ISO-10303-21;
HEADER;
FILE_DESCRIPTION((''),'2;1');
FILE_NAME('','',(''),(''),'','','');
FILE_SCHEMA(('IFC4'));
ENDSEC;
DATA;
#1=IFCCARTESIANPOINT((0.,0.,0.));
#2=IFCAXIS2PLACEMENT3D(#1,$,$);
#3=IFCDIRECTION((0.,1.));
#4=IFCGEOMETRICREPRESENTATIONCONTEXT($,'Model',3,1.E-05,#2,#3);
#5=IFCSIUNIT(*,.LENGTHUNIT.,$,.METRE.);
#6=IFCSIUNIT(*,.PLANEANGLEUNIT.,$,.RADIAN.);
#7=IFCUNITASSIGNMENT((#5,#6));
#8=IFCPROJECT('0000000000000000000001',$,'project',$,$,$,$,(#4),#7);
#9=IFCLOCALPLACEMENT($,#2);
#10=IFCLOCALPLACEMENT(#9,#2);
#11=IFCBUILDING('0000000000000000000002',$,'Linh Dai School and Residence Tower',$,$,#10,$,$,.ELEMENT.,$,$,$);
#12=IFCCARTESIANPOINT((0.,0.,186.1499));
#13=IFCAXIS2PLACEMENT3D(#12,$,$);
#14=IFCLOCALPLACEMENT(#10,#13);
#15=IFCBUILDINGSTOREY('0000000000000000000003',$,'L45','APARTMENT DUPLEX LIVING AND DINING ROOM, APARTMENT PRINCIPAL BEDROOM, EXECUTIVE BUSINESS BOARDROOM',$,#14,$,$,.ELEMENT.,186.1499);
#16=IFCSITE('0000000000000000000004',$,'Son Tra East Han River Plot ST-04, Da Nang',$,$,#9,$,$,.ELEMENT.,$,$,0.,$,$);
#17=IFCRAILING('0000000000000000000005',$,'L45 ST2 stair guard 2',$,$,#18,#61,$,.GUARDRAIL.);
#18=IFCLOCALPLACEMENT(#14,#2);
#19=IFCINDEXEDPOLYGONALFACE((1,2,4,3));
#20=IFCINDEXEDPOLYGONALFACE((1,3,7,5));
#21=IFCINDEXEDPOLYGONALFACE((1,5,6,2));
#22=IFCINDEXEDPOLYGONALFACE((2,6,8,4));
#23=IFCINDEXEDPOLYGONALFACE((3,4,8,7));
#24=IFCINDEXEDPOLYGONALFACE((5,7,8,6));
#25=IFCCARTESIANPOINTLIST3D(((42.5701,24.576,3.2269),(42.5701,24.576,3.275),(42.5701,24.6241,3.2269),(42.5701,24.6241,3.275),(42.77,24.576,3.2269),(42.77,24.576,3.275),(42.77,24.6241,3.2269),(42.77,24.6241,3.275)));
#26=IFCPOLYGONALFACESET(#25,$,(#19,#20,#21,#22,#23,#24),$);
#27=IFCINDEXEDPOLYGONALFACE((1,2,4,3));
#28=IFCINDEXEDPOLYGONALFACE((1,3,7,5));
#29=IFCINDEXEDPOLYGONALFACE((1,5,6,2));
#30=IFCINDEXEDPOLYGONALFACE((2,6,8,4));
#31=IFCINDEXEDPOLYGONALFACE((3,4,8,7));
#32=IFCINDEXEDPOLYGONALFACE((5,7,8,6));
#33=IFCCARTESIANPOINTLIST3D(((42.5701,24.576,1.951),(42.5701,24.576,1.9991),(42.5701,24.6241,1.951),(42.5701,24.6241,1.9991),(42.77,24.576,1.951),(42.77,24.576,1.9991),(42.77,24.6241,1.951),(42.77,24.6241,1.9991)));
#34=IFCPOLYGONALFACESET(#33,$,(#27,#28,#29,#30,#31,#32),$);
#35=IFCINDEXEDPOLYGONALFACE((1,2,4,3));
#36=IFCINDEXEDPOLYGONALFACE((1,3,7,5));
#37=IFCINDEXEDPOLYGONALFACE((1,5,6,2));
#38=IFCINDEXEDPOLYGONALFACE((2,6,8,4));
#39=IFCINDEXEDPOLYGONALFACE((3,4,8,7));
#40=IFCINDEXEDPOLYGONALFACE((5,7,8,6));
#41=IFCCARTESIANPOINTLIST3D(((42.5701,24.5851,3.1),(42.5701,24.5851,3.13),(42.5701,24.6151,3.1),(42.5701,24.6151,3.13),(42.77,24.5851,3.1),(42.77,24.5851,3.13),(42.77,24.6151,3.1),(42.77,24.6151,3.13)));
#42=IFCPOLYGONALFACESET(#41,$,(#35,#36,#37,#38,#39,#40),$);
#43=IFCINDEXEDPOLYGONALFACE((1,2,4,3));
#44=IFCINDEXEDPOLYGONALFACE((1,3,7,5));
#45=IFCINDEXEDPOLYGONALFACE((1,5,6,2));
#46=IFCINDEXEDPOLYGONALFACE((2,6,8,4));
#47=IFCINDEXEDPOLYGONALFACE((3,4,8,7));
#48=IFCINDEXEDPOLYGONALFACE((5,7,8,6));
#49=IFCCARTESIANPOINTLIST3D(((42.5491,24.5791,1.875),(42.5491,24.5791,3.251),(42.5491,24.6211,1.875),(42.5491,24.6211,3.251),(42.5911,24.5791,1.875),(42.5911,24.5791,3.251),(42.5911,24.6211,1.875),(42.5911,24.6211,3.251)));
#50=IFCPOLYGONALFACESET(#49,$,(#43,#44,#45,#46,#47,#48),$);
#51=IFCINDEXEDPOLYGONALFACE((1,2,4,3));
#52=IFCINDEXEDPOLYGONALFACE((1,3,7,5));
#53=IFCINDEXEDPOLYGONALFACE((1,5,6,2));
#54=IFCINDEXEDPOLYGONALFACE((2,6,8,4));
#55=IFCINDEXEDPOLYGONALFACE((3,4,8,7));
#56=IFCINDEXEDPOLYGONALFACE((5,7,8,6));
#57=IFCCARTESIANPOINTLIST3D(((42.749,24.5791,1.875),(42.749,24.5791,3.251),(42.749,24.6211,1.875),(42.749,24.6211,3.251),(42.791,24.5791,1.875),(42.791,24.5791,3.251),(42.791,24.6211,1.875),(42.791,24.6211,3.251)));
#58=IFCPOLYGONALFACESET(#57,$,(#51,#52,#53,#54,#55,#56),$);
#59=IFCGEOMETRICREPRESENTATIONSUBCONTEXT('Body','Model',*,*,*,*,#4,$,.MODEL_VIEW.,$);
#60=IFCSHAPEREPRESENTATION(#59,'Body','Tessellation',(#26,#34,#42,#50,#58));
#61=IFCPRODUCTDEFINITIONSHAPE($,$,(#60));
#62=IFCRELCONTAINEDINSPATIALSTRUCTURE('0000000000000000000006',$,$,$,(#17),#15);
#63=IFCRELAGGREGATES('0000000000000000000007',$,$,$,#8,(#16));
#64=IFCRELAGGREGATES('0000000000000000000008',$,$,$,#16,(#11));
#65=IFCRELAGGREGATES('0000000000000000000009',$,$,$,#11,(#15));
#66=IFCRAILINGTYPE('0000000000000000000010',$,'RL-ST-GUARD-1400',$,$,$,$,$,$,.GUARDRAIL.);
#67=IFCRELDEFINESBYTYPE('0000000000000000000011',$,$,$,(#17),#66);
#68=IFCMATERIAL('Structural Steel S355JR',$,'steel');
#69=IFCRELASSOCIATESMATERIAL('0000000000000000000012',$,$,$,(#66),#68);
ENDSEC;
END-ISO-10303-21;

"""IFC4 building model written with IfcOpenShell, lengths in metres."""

from ifc_helpers import new_model, si_unit, direction, frame, origin, origin_2d, place, context, subcontext, project, spatial, rectangle, extrude, source, transform, mapped, material, type_object, element, save


model = new_model("IFC4")

# Units and contexts
model_context = context("Model", 3, precision=1e-05, world=origin(), true_north=direction((0.0, 1.0)))
body_context = subcontext(model_context, "Body", "Model", "MODEL_VIEW")
ifc_project = project(units=[si_unit("LENGTHUNIT", "METRE"), si_unit("PLANEANGLEUNIT", "RADIAN")], contexts=[model_context])

# Site, building, storey
site_placement = place(None, origin())
site = spatial("IfcSite", under=ifc_project, at=site_placement, Name="Son Tra East Han River Plot ST-04, Da Nang", CompositionType="ELEMENT", RefElevation=0.0)
building_placement = place(site_placement, origin())
building = spatial("IfcBuilding", under=site, at=building_placement, Name="Linh Dai School and Residence Tower", CompositionType="ELEMENT")
storey_placement = place(building_placement, frame((0.0, 0.0, 186.1499)))
storey = spatial("IfcBuildingStorey", under=building, at=storey_placement, Name="L45", Description="APARTMENT DUPLEX LIVING AND DINING ROOM, APARTMENT PRINCIPAL BEDROOM, EXECUTIVE BUSINESS BOARDROOM", CompositionType="ELEMENT", Elevation=186.1499)

# Shared definitions
ifc_material_1 = material(Name="Structural Steel S355JR", Category="steel")

# Railing
railing_type_1 = type_object("IfcRailingType", Name="RL-ST-GUARD-1400", PredefinedType="GUARDRAIL", material=ifc_material_1)
shared_shape_1 = source(origin(), body_context, "Body", "SweptSolid", [
    extrude(rectangle(XDim=0.0481, YDim=0.0481, at=origin_2d()), frame((0.0, 0.0, 1.376), z_axis=(1.0, 0.0, 0.0), x_axis=(0.0, 1.0, 0.0)), (0.0, 0.0, 1.0), 0.2),
    extrude(rectangle(XDim=0.0481, YDim=0.0481, at=origin_2d()), frame((0.0, 0.0, 0.1001), z_axis=(1.0, 0.0, 0.0), x_axis=(0.0, 1.0, 0.0)), (0.0, 0.0, 1.0), 0.2),
    extrude(rectangle(XDim=0.03, YDim=0.03, at=origin_2d()), frame((0.0, 0.0, 1.24), z_axis=(1.0, 0.0, 0.0), x_axis=(0.0, 1.0, 0.0)), (0.0, 0.0, 1.0), 0.2),
    extrude(rectangle(XDim=0.042, YDim=0.042, at=origin_2d()), origin(), (0.0, 0.0, 1.0), 1.376),
    extrude(rectangle(XDim=0.042, YDim=0.042, at=origin_2d()), frame((0.2, 0.0, 0.0)), (0.0, 0.0, 1.0), 1.376),
])
railing_1_placement = place(storey_placement, frame((42.5701, 24.6001, 1.875)))
element("IfcRailing", 1, at=railing_1_placement, inside=storey, type_object=railing_type_1, Name="L45 ST2 stair guard 2", PredefinedType="GUARDRAIL", context=body_context, shape_type="MappedRepresentation", body=[
    mapped(shared_shape_1, transform((0.0, 0.0, 0.0), x_axis=(1.0, 0.0, 0.0), y_axis=(0.0, 1.0, 0.0), z_axis=(0.0, 0.0, 1.0), scale=1.0)),
])

save(model, "model.ifc")
